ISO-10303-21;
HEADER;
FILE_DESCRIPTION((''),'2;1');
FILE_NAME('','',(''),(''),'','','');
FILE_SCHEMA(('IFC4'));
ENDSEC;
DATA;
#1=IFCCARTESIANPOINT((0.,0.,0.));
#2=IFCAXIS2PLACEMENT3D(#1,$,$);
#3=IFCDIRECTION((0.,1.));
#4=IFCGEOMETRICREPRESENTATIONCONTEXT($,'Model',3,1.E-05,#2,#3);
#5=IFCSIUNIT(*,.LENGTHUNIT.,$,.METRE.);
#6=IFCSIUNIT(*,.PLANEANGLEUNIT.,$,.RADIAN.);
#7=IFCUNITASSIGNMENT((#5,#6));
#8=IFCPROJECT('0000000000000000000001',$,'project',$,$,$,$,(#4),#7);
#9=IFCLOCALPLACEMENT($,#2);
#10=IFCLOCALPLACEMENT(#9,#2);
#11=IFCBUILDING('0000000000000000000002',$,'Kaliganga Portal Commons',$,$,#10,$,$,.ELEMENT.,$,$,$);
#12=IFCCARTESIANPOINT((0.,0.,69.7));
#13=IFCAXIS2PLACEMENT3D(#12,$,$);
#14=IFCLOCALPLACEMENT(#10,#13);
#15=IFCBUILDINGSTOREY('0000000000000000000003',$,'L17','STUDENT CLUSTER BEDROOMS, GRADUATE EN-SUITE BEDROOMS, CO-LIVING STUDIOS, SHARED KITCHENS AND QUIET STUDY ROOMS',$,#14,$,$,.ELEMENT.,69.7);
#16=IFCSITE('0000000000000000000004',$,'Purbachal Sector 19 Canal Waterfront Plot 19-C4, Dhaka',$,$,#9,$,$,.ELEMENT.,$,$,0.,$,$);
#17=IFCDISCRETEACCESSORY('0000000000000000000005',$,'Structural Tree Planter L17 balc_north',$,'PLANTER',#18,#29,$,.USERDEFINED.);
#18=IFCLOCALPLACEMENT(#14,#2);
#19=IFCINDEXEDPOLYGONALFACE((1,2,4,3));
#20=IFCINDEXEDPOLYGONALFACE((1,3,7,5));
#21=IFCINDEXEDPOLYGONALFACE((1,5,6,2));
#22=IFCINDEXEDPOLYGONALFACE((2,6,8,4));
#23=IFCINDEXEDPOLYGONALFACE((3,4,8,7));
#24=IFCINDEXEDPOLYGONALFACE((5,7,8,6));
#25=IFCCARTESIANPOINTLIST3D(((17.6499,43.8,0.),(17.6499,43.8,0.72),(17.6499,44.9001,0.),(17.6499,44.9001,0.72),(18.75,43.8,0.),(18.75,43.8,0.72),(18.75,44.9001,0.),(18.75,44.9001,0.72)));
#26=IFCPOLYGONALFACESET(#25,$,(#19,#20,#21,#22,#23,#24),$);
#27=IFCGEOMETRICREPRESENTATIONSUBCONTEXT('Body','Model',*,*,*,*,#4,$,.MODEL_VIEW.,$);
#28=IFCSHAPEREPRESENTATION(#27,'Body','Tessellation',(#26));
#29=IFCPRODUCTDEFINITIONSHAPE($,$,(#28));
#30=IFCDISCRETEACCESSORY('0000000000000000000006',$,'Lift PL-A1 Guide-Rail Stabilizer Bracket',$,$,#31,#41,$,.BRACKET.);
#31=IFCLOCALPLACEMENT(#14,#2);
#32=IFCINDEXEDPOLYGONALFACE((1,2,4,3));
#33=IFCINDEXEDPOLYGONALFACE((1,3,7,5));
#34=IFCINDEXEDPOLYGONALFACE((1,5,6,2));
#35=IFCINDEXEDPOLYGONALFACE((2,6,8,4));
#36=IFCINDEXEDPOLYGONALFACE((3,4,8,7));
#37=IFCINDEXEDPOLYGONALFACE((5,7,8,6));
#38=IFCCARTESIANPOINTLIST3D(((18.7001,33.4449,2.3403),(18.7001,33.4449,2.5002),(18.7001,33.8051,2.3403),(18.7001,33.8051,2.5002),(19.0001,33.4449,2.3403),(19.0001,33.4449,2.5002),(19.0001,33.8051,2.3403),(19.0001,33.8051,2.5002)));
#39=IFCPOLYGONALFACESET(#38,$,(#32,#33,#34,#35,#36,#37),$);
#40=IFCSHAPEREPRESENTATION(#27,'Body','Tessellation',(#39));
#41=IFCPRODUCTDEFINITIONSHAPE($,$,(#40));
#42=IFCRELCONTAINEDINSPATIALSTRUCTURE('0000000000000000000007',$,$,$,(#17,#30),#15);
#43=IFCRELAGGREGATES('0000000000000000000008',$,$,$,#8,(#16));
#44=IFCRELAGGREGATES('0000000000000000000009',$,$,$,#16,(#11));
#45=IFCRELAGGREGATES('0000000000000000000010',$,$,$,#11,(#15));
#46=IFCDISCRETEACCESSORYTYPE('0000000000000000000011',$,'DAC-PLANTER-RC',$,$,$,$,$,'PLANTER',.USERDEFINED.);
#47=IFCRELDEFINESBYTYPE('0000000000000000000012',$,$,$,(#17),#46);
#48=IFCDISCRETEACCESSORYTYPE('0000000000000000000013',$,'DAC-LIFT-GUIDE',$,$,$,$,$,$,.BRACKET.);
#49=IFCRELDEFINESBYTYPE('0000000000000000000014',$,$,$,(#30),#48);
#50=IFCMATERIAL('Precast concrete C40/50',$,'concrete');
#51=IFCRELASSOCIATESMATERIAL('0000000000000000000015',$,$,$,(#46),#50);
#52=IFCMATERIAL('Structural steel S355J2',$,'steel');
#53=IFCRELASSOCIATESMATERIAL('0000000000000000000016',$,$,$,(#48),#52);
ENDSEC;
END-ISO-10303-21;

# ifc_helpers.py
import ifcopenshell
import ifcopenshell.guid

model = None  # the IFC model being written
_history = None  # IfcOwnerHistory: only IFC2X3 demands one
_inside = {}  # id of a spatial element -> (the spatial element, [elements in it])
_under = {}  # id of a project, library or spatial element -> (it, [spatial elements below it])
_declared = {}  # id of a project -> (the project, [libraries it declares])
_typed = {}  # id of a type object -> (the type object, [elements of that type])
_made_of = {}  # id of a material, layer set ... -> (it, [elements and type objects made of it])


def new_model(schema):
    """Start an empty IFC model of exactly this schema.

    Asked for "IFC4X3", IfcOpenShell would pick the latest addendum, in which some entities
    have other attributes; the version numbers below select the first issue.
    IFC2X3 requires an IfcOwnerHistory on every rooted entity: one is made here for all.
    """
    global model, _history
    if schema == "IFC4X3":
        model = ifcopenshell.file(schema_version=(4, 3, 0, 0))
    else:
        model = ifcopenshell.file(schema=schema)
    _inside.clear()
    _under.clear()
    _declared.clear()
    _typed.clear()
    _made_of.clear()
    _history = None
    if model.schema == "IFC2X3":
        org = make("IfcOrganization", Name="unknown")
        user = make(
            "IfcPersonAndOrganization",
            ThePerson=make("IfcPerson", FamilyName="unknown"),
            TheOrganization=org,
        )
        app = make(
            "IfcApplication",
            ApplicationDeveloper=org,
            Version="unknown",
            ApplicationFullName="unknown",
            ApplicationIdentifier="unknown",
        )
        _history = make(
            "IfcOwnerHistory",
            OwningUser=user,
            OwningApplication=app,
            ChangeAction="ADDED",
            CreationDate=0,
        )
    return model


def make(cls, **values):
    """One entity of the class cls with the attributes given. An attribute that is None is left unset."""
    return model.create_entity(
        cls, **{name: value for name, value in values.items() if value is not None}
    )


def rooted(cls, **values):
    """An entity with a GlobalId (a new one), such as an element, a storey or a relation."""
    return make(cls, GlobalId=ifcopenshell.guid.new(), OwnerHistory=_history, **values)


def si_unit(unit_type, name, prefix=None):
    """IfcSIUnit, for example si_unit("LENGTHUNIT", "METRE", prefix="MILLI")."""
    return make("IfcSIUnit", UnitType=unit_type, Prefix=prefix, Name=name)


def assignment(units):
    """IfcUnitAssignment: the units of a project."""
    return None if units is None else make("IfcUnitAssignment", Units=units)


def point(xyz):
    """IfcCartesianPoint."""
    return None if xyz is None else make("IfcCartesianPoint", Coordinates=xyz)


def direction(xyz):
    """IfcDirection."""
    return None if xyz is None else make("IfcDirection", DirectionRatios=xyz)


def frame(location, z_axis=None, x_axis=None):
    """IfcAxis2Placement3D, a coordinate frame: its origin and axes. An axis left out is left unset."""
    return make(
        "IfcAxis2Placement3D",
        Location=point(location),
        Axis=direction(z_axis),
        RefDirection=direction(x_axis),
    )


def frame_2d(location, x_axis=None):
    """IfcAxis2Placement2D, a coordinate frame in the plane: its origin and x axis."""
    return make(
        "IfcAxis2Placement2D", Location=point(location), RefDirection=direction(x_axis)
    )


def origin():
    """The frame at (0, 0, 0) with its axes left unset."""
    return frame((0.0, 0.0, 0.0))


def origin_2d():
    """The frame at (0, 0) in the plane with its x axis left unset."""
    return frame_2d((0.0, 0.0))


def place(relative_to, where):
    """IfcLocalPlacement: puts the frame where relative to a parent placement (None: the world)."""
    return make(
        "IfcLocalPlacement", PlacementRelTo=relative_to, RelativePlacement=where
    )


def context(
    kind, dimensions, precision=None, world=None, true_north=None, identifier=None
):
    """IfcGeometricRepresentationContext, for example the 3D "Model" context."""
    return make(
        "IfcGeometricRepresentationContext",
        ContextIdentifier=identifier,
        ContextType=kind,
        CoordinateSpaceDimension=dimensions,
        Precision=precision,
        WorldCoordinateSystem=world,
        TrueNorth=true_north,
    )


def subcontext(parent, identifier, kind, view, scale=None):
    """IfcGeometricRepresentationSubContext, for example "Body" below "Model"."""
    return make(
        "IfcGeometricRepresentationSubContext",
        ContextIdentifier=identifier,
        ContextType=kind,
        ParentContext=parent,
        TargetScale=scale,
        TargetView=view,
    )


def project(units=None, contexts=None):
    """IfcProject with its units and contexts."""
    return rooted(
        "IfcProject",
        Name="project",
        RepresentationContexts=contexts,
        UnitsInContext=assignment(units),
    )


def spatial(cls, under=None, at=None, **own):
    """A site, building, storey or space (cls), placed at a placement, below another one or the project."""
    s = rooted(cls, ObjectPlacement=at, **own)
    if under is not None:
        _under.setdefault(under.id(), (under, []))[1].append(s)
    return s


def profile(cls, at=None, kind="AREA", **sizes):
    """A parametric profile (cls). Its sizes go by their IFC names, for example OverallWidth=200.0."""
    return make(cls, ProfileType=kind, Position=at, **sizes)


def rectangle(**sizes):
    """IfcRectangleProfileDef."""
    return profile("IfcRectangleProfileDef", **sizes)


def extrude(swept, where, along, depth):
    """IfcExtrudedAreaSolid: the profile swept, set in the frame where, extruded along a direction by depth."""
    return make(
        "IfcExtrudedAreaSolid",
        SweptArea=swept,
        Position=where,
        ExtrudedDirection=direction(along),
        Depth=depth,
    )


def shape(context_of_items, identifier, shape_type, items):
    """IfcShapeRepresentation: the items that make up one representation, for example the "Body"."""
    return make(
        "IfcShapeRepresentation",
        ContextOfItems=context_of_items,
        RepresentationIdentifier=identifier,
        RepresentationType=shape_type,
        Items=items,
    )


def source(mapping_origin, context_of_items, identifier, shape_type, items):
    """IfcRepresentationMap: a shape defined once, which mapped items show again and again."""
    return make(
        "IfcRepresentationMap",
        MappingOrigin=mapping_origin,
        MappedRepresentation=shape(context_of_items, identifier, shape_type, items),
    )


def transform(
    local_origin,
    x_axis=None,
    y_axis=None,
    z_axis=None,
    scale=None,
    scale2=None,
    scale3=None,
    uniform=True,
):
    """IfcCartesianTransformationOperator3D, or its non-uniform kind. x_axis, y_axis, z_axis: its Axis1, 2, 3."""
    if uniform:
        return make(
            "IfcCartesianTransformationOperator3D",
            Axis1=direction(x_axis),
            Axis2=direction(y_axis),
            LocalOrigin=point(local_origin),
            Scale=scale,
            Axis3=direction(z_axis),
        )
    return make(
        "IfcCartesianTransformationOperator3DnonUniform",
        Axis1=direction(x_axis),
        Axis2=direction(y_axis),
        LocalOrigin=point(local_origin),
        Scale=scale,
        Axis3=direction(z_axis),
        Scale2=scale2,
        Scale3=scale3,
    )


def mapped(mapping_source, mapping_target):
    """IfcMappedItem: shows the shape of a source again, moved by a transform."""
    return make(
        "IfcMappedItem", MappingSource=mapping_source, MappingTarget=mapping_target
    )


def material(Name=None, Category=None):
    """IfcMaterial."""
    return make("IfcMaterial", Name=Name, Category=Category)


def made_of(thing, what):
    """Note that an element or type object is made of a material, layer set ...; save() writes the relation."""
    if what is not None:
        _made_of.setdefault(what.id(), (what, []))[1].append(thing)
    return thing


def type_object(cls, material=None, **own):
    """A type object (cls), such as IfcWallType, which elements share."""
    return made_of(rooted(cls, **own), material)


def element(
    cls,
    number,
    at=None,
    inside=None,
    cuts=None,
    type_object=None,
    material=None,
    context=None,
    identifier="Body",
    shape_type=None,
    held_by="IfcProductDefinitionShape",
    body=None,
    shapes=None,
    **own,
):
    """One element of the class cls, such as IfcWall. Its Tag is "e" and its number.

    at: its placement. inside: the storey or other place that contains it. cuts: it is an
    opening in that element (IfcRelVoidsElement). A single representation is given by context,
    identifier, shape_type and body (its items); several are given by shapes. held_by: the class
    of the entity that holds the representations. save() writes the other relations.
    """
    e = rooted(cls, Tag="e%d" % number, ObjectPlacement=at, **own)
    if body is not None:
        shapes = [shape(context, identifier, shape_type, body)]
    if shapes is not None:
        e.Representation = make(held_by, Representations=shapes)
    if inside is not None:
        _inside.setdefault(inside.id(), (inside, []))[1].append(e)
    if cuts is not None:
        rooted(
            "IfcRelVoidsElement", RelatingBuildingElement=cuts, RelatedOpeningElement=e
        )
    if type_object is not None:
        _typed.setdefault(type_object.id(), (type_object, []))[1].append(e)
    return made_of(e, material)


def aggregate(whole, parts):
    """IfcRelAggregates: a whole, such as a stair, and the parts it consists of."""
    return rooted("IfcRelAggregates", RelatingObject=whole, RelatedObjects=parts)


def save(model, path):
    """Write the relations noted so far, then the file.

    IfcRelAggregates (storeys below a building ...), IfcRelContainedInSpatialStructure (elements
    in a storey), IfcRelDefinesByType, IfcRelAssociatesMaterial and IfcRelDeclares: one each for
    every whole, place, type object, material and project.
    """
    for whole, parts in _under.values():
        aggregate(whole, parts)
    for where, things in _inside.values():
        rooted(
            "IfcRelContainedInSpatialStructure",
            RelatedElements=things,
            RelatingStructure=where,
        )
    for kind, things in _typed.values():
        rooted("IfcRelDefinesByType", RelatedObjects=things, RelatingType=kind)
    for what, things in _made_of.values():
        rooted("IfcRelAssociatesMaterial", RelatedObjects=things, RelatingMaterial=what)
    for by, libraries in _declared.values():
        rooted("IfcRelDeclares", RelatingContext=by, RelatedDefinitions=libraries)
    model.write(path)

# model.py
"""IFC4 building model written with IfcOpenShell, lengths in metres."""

from ifc_helpers import new_model, si_unit, direction, frame, origin, origin_2d, place, context, subcontext, project, spatial, rectangle, extrude, source, transform, mapped, material, type_object, element, save


model = new_model("IFC4")

# Units and contexts
model_context = context("Model", 3, precision=1e-05, world=origin(), true_north=direction((0.0, 1.0)))
body_context = subcontext(model_context, "Body", "Model", "MODEL_VIEW")
ifc_project = project(units=[si_unit("LENGTHUNIT", "METRE"), si_unit("PLANEANGLEUNIT", "RADIAN")], contexts=[model_context])

# Site, building, storey
site_placement = place(None, origin())
site = spatial("IfcSite", under=ifc_project, at=site_placement, Name="Purbachal Sector 19 Canal Waterfront Plot 19-C4, Dhaka", CompositionType="ELEMENT", RefElevation=0.0)
building_placement = place(site_placement, origin())
building = spatial("IfcBuilding", under=site, at=building_placement, Name="Kaliganga Portal Commons", CompositionType="ELEMENT")
storey_placement = place(building_placement, frame((0.0, 0.0, 69.7)))
storey = spatial("IfcBuildingStorey", under=building, at=storey_placement, Name="L17", Description="STUDENT CLUSTER BEDROOMS, GRADUATE EN-SUITE BEDROOMS, CO-LIVING STUDIOS, SHARED KITCHENS AND QUIET STUDY ROOMS", CompositionType="ELEMENT", Elevation=69.7)

# Shared definitions
ifc_material_1 = material(Name="Structural steel S355J2", Category="steel")

# Discrete accessories
ifc_material_2 = material(Name="Precast concrete C40/50", Category="concrete")
discrete_accessory_type_1 = type_object("IfcDiscreteAccessoryType", Name="DAC-PLANTER-RC", ElementType="PLANTER", PredefinedType="USERDEFINED", material=ifc_material_2)
shared_shape_1 = source(origin(), body_context, "Body", "SweptSolid", [
    extrude(rectangle(XDim=1.1001, YDim=1.1001, at=origin_2d()), origin(), (0.0, 0.0, 1.0), 0.72),
])
discrete_accessory_1_placement = place(storey_placement, frame((18.2, 44.3501, 0.0), z_axis=(0.0, 0.0, 1.0), x_axis=(1.0, 0.0, 0.0)))
element("IfcDiscreteAccessory", 1, at=discrete_accessory_1_placement, inside=storey, type_object=discrete_accessory_type_1, Name="Structural Tree Planter L17 balc_north", ObjectType="PLANTER", PredefinedType="USERDEFINED", context=body_context, shape_type="MappedRepresentation", body=[
    mapped(shared_shape_1, transform((0.0, 0.0, 0.0), x_axis=(1.0, 0.0, 0.0), y_axis=(0.0, 1.0, 0.0), z_axis=(0.0, 0.0, 1.0), scale=1.0)),
])
discrete_accessory_type_2 = type_object("IfcDiscreteAccessoryType", Name="DAC-LIFT-GUIDE", PredefinedType="BRACKET", material=ifc_material_1)
shared_shape_2 = source(origin(), body_context, "Body", "SweptSolid", [
    extrude(rectangle(XDim=0.3, YDim=0.3601, at=origin_2d()), origin(), (0.0, 0.0, 1.0), 0.1599),
])
discrete_accessory_2_placement = place(storey_placement, frame((18.8501, 33.625, 2.3403), z_axis=(0.0, 0.0, 1.0), x_axis=(1.0, 0.0, 0.0)))
element("IfcDiscreteAccessory", 2, at=discrete_accessory_2_placement, inside=storey, type_object=discrete_accessory_type_2, Name="Lift PL-A1 Guide-Rail Stabilizer Bracket", PredefinedType="BRACKET", context=body_context, shape_type="MappedRepresentation", body=[
    mapped(shared_shape_2, transform((0.0, 0.0, 0.0), x_axis=(1.0, 0.0, 0.0), y_axis=(0.0, 1.0, 0.0), z_axis=(0.0, 0.0, 1.0), scale=1.0)),
])

save(model, "model.ifc")
